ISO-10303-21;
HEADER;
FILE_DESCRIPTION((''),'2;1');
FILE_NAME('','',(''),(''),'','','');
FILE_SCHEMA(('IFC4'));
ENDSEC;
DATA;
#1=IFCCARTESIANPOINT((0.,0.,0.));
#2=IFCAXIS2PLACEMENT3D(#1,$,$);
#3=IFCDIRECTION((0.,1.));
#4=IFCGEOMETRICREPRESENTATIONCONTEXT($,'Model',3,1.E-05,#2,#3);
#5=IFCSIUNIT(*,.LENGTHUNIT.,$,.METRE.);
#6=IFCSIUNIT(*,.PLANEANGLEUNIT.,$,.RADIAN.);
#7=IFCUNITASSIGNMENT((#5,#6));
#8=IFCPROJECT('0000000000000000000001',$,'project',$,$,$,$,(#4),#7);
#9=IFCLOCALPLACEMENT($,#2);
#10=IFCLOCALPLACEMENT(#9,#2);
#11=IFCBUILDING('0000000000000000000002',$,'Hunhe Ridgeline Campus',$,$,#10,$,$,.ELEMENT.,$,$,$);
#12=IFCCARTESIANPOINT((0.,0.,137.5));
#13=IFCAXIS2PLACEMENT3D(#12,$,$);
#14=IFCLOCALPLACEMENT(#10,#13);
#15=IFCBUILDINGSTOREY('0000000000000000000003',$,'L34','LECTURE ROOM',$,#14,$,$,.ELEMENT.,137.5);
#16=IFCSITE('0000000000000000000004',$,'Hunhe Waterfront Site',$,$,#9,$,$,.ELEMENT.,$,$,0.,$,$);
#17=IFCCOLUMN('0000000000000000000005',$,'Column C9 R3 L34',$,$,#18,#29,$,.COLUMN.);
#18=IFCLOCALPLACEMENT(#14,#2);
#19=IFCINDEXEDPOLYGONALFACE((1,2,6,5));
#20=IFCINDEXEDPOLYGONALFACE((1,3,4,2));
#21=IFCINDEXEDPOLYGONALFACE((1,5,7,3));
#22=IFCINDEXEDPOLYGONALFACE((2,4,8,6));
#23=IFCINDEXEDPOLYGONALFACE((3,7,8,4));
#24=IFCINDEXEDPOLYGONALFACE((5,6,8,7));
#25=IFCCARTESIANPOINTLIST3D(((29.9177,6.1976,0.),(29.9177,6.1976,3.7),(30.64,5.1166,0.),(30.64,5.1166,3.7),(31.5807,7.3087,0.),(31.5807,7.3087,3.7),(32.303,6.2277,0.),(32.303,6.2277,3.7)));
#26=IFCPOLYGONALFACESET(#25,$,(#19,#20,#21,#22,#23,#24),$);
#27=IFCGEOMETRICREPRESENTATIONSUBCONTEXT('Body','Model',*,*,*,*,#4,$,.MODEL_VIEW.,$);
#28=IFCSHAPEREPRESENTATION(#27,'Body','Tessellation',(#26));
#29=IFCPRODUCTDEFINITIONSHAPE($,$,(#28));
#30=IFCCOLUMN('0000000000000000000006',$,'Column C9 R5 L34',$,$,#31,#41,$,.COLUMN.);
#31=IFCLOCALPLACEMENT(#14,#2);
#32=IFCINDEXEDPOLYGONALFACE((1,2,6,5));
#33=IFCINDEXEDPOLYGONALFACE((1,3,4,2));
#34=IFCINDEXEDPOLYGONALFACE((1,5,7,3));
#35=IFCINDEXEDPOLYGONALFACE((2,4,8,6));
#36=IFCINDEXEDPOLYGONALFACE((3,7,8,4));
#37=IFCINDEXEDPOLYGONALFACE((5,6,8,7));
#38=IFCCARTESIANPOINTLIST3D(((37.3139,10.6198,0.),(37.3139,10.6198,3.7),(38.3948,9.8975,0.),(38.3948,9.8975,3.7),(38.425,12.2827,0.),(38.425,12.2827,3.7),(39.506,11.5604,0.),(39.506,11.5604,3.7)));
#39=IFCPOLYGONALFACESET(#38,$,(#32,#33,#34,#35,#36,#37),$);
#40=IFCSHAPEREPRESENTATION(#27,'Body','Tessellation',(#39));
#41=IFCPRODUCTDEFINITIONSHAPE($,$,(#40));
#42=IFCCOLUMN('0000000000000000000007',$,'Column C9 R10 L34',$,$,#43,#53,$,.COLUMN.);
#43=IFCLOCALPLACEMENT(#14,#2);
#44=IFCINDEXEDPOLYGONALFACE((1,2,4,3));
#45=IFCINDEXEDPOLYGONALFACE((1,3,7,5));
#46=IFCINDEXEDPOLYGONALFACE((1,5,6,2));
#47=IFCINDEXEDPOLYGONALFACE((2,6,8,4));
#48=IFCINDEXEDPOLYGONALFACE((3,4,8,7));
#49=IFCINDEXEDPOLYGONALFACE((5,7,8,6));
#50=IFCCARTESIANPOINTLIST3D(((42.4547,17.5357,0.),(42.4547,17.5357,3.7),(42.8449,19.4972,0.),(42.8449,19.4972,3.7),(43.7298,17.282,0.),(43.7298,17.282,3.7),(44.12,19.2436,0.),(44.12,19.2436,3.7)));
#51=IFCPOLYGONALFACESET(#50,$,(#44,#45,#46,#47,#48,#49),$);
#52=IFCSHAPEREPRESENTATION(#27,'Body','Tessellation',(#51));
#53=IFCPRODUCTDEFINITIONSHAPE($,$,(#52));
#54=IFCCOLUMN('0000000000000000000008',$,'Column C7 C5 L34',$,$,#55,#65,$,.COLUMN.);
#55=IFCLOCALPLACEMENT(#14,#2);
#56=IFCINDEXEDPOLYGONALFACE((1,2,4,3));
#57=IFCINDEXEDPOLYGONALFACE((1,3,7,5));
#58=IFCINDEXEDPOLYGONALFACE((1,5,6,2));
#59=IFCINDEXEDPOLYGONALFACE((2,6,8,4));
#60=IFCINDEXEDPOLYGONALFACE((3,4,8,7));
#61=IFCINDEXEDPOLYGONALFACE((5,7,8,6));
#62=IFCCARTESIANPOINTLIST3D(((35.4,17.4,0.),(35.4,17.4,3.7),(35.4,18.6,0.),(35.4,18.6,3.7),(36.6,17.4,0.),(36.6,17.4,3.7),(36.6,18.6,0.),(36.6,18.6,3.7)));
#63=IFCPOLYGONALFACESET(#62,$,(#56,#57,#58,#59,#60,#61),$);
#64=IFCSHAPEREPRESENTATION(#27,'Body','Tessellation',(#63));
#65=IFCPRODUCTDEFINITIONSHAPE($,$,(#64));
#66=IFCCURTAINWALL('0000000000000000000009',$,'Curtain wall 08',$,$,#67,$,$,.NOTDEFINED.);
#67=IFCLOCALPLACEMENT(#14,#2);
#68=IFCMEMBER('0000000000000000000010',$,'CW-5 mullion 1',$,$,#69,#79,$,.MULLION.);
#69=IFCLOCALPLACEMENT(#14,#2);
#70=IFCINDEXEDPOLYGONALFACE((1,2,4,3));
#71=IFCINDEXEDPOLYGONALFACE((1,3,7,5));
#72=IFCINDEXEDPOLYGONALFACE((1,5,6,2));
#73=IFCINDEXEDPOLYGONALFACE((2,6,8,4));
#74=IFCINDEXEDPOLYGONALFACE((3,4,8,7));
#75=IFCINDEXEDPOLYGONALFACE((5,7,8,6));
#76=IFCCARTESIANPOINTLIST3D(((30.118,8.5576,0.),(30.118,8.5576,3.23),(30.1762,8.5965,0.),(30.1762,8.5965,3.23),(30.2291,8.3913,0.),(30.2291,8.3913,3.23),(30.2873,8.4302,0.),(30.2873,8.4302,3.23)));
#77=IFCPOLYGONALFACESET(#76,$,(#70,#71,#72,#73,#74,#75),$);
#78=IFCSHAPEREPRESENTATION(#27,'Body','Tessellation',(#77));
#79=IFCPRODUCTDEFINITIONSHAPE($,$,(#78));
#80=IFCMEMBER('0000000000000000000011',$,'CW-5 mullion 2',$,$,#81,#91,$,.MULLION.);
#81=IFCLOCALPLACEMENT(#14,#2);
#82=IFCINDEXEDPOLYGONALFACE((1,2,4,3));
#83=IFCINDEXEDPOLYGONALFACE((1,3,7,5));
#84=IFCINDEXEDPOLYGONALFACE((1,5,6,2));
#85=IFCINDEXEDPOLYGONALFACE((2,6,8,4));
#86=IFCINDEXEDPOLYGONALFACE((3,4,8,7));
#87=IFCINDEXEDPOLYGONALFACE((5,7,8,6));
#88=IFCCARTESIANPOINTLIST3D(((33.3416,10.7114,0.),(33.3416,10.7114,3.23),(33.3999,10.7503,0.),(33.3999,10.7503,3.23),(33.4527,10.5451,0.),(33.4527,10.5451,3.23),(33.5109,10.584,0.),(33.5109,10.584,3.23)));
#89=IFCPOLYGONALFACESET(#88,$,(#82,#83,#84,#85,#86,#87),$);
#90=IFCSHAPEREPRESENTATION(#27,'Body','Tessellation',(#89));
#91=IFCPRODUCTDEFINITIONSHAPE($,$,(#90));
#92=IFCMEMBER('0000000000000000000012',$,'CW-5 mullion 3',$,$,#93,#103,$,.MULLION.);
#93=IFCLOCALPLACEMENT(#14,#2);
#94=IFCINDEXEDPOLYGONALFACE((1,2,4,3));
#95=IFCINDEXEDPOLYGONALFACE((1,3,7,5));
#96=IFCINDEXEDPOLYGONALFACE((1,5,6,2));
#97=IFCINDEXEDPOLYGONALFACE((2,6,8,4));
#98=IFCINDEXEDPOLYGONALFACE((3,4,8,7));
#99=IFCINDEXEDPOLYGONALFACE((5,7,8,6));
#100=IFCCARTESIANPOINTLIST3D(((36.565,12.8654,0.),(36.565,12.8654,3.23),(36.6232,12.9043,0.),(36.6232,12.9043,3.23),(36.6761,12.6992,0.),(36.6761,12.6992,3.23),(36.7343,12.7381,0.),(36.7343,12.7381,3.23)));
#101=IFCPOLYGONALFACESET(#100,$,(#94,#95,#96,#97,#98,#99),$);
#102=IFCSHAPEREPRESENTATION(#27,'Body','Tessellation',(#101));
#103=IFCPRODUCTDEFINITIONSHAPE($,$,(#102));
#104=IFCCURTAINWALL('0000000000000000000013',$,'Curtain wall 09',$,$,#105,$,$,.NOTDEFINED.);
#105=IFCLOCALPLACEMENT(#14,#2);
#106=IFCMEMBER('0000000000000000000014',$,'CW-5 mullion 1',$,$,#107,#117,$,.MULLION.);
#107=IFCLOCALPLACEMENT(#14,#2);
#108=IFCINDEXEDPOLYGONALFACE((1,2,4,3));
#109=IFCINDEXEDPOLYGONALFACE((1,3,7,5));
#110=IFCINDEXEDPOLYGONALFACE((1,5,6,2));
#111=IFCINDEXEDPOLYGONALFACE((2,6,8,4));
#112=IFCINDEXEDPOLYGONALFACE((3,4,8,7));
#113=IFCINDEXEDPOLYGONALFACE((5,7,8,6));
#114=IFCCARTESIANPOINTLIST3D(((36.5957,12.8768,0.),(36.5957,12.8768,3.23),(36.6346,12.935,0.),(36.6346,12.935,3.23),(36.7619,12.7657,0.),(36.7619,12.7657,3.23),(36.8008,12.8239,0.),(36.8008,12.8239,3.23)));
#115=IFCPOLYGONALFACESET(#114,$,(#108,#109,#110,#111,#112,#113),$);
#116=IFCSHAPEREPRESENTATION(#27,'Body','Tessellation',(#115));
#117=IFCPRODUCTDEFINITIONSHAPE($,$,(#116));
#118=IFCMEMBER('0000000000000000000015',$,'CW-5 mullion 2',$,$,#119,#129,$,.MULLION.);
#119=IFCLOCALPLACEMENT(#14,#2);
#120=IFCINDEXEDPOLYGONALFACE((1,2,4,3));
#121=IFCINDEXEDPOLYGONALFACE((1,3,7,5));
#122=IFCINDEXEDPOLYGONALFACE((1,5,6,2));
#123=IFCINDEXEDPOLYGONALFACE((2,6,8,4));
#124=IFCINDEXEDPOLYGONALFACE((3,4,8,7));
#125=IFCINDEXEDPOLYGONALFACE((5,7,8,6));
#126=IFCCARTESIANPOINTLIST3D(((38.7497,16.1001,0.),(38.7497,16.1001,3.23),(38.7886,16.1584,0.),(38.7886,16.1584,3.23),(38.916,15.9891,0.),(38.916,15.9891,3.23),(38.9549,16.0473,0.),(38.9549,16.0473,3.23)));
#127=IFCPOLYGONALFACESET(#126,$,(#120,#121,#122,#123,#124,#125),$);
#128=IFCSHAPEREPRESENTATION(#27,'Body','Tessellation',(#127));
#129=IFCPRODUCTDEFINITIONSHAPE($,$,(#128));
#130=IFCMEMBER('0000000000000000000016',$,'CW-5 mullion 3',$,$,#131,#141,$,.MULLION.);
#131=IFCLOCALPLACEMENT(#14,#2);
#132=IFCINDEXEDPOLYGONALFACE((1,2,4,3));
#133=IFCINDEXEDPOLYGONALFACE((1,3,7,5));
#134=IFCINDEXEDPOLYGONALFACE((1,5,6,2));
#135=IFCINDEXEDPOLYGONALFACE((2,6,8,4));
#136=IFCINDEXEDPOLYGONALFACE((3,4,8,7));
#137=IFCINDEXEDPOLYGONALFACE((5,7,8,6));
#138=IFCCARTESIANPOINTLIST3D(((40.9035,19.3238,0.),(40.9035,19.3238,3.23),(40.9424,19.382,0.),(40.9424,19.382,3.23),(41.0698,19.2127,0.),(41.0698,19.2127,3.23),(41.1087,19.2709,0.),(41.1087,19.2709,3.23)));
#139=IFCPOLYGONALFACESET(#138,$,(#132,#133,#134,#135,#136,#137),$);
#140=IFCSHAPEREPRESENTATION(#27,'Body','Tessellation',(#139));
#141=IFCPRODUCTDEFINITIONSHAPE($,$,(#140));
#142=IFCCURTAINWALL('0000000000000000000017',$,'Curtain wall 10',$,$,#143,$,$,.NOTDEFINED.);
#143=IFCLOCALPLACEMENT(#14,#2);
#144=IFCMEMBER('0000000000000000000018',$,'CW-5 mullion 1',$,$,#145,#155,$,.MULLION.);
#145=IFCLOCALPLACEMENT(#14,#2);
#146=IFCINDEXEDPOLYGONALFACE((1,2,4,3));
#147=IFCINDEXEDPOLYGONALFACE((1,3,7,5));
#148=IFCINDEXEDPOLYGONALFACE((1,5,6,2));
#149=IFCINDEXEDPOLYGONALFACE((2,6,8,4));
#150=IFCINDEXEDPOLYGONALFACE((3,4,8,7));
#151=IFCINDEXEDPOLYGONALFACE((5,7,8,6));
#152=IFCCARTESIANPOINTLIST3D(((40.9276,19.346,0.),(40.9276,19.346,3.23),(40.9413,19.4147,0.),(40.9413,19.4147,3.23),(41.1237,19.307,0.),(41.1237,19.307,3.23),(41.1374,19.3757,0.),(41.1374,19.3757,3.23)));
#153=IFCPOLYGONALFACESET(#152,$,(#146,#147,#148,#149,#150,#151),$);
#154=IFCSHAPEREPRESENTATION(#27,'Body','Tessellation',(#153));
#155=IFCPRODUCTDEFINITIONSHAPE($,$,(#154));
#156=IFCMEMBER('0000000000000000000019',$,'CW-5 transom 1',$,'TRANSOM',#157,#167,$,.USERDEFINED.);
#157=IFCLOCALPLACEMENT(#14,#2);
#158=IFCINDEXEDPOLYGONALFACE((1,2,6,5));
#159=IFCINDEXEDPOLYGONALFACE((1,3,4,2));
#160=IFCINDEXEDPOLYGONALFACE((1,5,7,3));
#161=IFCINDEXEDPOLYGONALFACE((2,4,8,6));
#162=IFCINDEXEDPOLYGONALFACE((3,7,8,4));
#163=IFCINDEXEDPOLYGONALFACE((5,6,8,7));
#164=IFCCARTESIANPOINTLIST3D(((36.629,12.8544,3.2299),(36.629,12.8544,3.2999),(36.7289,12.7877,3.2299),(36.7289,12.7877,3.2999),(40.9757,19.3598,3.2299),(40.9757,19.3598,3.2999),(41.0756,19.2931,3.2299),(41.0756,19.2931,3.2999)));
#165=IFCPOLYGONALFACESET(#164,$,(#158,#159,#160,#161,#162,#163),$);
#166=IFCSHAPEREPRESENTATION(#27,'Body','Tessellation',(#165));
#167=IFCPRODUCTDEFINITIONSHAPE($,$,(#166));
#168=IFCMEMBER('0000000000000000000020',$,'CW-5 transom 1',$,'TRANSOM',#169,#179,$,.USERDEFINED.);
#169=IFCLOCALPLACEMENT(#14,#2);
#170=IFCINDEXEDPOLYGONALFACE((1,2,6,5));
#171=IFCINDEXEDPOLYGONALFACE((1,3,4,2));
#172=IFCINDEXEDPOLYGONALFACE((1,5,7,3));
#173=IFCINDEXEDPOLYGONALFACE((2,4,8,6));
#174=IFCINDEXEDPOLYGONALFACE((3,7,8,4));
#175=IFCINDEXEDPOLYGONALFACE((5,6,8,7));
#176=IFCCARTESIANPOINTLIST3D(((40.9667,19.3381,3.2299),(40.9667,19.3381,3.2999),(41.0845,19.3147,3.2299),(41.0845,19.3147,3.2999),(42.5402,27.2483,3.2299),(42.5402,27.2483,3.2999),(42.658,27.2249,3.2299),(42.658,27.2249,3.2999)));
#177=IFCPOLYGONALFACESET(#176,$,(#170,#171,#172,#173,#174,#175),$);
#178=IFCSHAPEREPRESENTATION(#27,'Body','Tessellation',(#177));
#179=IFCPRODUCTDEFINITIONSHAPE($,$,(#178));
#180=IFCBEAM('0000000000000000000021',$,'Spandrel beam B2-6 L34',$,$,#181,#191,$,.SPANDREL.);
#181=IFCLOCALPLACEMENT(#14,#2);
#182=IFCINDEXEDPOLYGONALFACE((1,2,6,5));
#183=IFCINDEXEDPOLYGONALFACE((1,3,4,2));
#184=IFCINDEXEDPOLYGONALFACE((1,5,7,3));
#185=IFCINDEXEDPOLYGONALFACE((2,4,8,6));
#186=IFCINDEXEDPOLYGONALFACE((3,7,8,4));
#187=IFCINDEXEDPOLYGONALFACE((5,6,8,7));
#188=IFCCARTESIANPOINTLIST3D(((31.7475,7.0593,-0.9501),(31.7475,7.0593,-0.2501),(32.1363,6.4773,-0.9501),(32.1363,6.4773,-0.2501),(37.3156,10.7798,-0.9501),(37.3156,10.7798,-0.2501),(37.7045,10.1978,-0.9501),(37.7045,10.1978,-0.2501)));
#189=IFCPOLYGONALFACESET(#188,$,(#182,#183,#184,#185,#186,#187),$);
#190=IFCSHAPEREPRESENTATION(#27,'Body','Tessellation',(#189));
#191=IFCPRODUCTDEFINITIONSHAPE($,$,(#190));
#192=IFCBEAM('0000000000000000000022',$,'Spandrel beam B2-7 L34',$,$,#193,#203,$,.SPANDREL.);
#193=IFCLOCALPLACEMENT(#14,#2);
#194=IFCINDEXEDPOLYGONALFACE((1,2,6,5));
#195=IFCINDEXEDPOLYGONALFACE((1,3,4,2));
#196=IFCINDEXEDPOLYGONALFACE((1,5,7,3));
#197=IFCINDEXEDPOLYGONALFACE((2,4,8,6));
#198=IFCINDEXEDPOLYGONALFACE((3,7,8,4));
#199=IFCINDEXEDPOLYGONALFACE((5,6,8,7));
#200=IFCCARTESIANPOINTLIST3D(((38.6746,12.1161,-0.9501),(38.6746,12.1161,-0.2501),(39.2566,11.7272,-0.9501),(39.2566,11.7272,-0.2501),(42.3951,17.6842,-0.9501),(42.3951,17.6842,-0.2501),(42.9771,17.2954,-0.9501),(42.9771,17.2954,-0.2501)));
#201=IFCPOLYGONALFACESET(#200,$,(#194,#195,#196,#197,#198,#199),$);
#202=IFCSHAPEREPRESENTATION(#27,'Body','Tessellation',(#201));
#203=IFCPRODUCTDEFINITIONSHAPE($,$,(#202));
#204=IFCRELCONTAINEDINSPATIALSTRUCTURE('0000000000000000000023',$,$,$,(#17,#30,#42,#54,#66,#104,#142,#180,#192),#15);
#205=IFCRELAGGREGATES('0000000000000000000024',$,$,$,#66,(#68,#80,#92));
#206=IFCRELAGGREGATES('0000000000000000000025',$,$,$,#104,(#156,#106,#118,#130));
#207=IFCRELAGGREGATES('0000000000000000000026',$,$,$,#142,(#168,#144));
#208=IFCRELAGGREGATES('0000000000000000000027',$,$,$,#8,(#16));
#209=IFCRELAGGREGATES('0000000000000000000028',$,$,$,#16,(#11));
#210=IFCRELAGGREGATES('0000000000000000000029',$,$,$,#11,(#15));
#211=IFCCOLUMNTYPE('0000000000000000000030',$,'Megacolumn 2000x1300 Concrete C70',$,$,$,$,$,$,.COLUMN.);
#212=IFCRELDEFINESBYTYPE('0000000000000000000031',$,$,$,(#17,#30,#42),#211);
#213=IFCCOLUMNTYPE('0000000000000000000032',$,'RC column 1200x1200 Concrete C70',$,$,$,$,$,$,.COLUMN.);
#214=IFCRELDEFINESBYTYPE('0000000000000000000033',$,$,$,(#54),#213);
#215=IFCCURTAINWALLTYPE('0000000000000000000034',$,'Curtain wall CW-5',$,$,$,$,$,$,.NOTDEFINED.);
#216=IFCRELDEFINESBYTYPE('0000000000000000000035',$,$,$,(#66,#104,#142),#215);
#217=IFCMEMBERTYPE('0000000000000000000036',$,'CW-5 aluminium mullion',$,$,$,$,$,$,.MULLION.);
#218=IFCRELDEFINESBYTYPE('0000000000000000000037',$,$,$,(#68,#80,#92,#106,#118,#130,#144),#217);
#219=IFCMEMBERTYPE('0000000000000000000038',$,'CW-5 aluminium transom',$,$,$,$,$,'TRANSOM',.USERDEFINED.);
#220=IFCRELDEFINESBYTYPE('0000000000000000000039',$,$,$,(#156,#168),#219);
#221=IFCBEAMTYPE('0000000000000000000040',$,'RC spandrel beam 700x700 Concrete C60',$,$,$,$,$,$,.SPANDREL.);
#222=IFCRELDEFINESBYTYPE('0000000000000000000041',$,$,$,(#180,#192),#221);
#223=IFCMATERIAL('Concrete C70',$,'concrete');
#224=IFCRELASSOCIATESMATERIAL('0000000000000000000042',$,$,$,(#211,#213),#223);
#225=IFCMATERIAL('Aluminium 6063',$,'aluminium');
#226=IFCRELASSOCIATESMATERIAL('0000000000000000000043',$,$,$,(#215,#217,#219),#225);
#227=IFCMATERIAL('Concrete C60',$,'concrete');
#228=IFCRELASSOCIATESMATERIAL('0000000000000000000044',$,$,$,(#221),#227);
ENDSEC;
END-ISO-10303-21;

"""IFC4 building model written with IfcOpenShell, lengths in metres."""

from ifc_helpers import new_model, si_unit, direction, frame, origin, origin_2d, place, context, subcontext, project, spatial, rectangle, extrude, material, material_profile, profile_set, type_object, element, aggregate, save


model = new_model("IFC4")

# Units and contexts
model_context = context("Model", 3, precision=1e-05, world=origin(), true_north=direction((0.0, 1.0)))
body_context = subcontext(model_context, "Body", "Model", "MODEL_VIEW")
ifc_project = project(units=[si_unit("LENGTHUNIT", "METRE"), si_unit("PLANEANGLEUNIT", "RADIAN")], contexts=[model_context])

# Site, building, storey
site_placement = place(None, origin())
site = spatial("IfcSite", under=ifc_project, at=site_placement, Name="Hunhe Waterfront Site", CompositionType="ELEMENT", RefElevation=0.0)
building_placement = place(site_placement, origin())
building = spatial("IfcBuilding", under=site, at=building_placement, Name="Hunhe Ridgeline Campus", CompositionType="ELEMENT")
storey_placement = place(building_placement, frame((0.0, 0.0, 137.5)))
storey = spatial("IfcBuildingStorey", under=building, at=storey_placement, Name="L34", Description="LECTURE ROOM", CompositionType="ELEMENT", Elevation=137.5)

# Columns
ifc_material_1 = material(Name="Concrete C70", Category="concrete")
ifc_material_profile_1 = material_profile(ifc_material_1, rectangle(XDim=2.0, YDim=1.3, at=origin_2d()))
ifc_profile_set_1 = profile_set([ifc_material_profile_1], Name="Concrete C70")
column_type_1 = type_object("IfcColumnType", Name="Megacolumn 2000x1300 Concrete C70", PredefinedType="COLUMN", material=ifc_profile_set_1)
for number, where, z_axis, x_axis, name in (
    (1, (31.1104, 6.2126, 0.0), (0.0, 0.0, 1.0), (0.83147, 0.55557, 0.0), "Column C9 R3 L34"),
    (2, (38.4099, 11.0901, 0.0), (0.0, 0.0, 1.0), (0.55557, 0.83147, 0.0), "Column C9 R5 L34"),
    (3, (43.2874, 18.3896, 0.0), (0.0, 0.0, 1.0), (0.19509, 0.980785, 0.0), "Column C9 R10 L34"),
):
    element("IfcColumn", number, at=place(storey_placement, frame(where, z_axis=z_axis, x_axis=x_axis)), inside=storey, type_object=column_type_1, Name=name, PredefinedType="COLUMN", context=body_context, shape_type="SweptSolid", body=[
        extrude(rectangle(XDim=2.0, YDim=1.3, at=origin_2d()), origin(), (0.0, 0.0, 1.0), 3.7),
    ])
ifc_material_profile_2 = material_profile(ifc_material_1, rectangle(XDim=1.2, YDim=1.2, at=origin_2d()))
ifc_profile_set_2 = profile_set([ifc_material_profile_2], Name="Concrete C70")
column_type_2 = type_object("IfcColumnType", Name="RC column 1200x1200 Concrete C70", PredefinedType="COLUMN", material=ifc_profile_set_2)
column_placement = place(storey_placement, frame((36.0, 18.0, 0.0), z_axis=(0.0, 0.0, 1.0), x_axis=(1.0, 0.0, 0.0)))
element("IfcColumn", 4, at=column_placement, inside=storey, type_object=column_type_2, Name="Column C7 C5 L34", PredefinedType="COLUMN", context=body_context, shape_type="SweptSolid", body=[
    extrude(rectangle(XDim=1.2, YDim=1.2, at=origin_2d()), origin(), (0.0, 0.0, 1.0), 3.7),
])

# Curtain walls, members
ifc_material_2 = material(Name="Aluminium 6063", Category="aluminium")
curtain_wall_type = type_object("IfcCurtainWallType", Name="Curtain wall CW-5", PredefinedType="NOTDEFINED", material=ifc_material_2)
curtain_wall_1_placement = place(storey_placement, origin())
curtain_wall_1 = element("IfcCurtainWall", 5, at=curtain_wall_1_placement, inside=storey, type_object=curtain_wall_type, Name="Curtain wall 08", PredefinedType="NOTDEFINED")
ifc_material_profile_3 = material_profile(ifc_material_2, rectangle(XDim=0.2, YDim=0.0701, at=origin_2d()))
ifc_profile_set_3 = profile_set([ifc_material_profile_3], Name="Aluminium 6063")
member_type_1 = type_object("IfcMemberType", Name="CW-5 aluminium mullion", PredefinedType="MULLION", material=ifc_profile_set_3)
member_1_placement = place(storey_placement, frame((30.2026, 8.4939, 0.0), z_axis=(0.0, 0.0, 1.0), x_axis=(-0.55557, 0.83147, 0.0)))
member_1 = element("IfcMember", 6, at=member_1_placement, type_object=member_type_1, Name="CW-5 mullion 1", PredefinedType="MULLION", context=body_context, shape_type="SweptSolid", body=[
    extrude(rectangle(XDim=0.2, YDim=0.0701, at=origin_2d()), origin(), (0.0, 0.0, 1.0), 3.23),
])
member_2_placement = place(storey_placement, frame((33.4263, 10.6477, 0.0), z_axis=(0.0, 0.0, 1.0), x_axis=(-0.55557, 0.83147, 0.0)))
member_2 = element("IfcMember", 7, at=member_2_placement, type_object=member_type_1, Name="CW-5 mullion 2", PredefinedType="MULLION", context=body_context, shape_type="SweptSolid", body=[
    extrude(rectangle(XDim=0.2, YDim=0.0701, at=origin_2d()), origin(), (0.0, 0.0, 1.0), 3.23),
])
member_3_placement = place(storey_placement, frame((36.6497, 12.8018, 0.0), z_axis=(0.0, 0.0, 1.0), x_axis=(-0.55557, 0.83147, 0.0)))
member_3 = element("IfcMember", 8, at=member_3_placement, type_object=member_type_1, Name="CW-5 mullion 3", PredefinedType="MULLION", context=body_context, shape_type="SweptSolid", body=[
    extrude(rectangle(XDim=0.2, YDim=0.0701, at=origin_2d()), origin(), (0.0, 0.0, 1.0), 3.23),
])
curtain_wall_2_placement = place(storey_placement, origin())
curtain_wall_2 = element("IfcCurtainWall", 9, at=curtain_wall_2_placement, inside=storey, type_object=curtain_wall_type, Name="Curtain wall 09", PredefinedType="NOTDEFINED")
member_4_placement = place(storey_placement, frame((36.6982, 12.8503, 0.0), z_axis=(0.0, 0.0, 1.0), x_axis=(-0.83147, 0.55557, 0.0)))
member_4 = element("IfcMember", 10, at=member_4_placement, type_object=member_type_1, Name="CW-5 mullion 1", PredefinedType="MULLION", context=body_context, shape_type="SweptSolid", body=[
    extrude(rectangle(XDim=0.2, YDim=0.0701, at=origin_2d()), origin(), (0.0, 0.0, 1.0), 3.23),
])
member_5_placement = place(storey_placement, frame((38.8523, 16.0737, 0.0), z_axis=(0.0, 0.0, 1.0), x_axis=(-0.83147, 0.55557, 0.0)))
member_5 = element("IfcMember", 11, at=member_5_placement, type_object=member_type_1, Name="CW-5 mullion 2", PredefinedType="MULLION", context=body_context, shape_type="SweptSolid", body=[
    extrude(rectangle(XDim=0.2, YDim=0.0701, at=origin_2d()), origin(), (0.0, 0.0, 1.0), 3.23),
])
member_6_placement = place(storey_placement, frame((41.0061, 19.2974, 0.0), z_axis=(0.0, 0.0, 1.0), x_axis=(-0.83147, 0.55557, 0.0)))
member_6 = element("IfcMember", 12, at=member_6_placement, type_object=member_type_1, Name="CW-5 mullion 3", PredefinedType="MULLION", context=body_context, shape_type="SweptSolid", body=[
    extrude(rectangle(XDim=0.2, YDim=0.0701, at=origin_2d()), origin(), (0.0, 0.0, 1.0), 3.23),
])

# Curtain wall, member
curtain_wall_3_placement = place(storey_placement, origin())
curtain_wall_3 = element("IfcCurtainWall", 13, at=curtain_wall_3_placement, inside=storey, type_object=curtain_wall_type, Name="Curtain wall 10", PredefinedType="NOTDEFINED")
member_7_placement = place(storey_placement, frame((41.0325, 19.3608, 0.0), z_axis=(0.0, 0.0, 1.0), x_axis=(-0.980785, 0.19509, 0.0)))
member_7 = element("IfcMember", 14, at=member_7_placement, type_object=member_type_1, Name="CW-5 mullion 1", PredefinedType="MULLION", context=body_context, shape_type="SweptSolid", body=[
    extrude(rectangle(XDim=0.2, YDim=0.0701, at=origin_2d()), origin(), (0.0, 0.0, 1.0), 3.23),
])

# Members
ifc_material_profile_4 = material_profile(ifc_material_2, rectangle(XDim=0.1201, YDim=0.0701, at=origin_2d()))
ifc_profile_set_4 = profile_set([ifc_material_profile_4], Name="Aluminium 6063")
member_type_2 = type_object("IfcMemberType", Name="CW-5 aluminium transom", ElementType="TRANSOM", PredefinedType="USERDEFINED", material=ifc_profile_set_4)
member_8_placement = place(storey_placement, frame((36.679, 12.821, 3.2649), z_axis=(0.555564, 0.831474, 0.0), x_axis=(-0.831474, 0.555564, 0.0)))
member_8 = element("IfcMember", 15, at=member_8_placement, type_object=member_type_2, Name="CW-5 transom 1", ObjectType="TRANSOM", PredefinedType="USERDEFINED", context=body_context, shape_type="SweptSolid", body=[
    extrude(rectangle(XDim=0.1201, YDim=0.0701, at=origin_2d()), origin(), (0.0, 0.0, 1.0), 7.824),
])
member_9_placement = place(storey_placement, frame((41.0256, 19.3264, 3.2649), z_axis=(0.195097, 0.980784, 0.0), x_axis=(-0.980784, 0.195097, 0.0)))
member_9 = element("IfcMember", 16, at=member_9_placement, type_object=member_type_2, Name="CW-5 transom 1", ObjectType="TRANSOM", PredefinedType="USERDEFINED", context=body_context, shape_type="SweptSolid", body=[
    extrude(rectangle(XDim=0.1201, YDim=0.0701, at=origin_2d()), origin(), (0.0, 0.0, 1.0), 8.0652),
])

# Beams
ifc_material_3 = material(Name="Concrete C60", Category="concrete")
ifc_material_profile_5 = material_profile(ifc_material_3, rectangle(XDim=0.7, YDim=0.7, at=origin_2d()))
ifc_profile_set_5 = profile_set([ifc_material_profile_5], Name="Concrete C60")
beam_type = type_object("IfcBeamType", Name="RC spandrel beam 700x700 Concrete C60", PredefinedType="SPANDREL", material=ifc_profile_set_5)
for number, where, z_axis, x_axis, name in (
    (17, (31.9419, 6.7683, -0.6001), (0.831472, 0.555566, 0.0), (-0.555566, 0.831472, 0.0), "Spandrel beam B2-6 L34"),
    (18, (38.9656, 11.9216, -0.6001), (0.555566, 0.831472, 0.0), (-0.831472, 0.555566, 0.0), "Spandrel beam B2-7 L34"),
):
    element("IfcBeam", number, at=place(storey_placement, frame(where, z_axis=z_axis, x_axis=x_axis)), inside=storey, type_object=beam_type, Name=name, PredefinedType="SPANDREL", context=body_context, shape_type="SweptSolid", body=[
        extrude(rectangle(XDim=0.7, YDim=0.7, at=origin_2d()), origin(), (0.0, 0.0, 1.0), 6.6968),
    ])

aggregate(curtain_wall_1, [member_1, member_2, member_3])
aggregate(curtain_wall_2, [member_8, member_4, member_5, member_6])
aggregate(curtain_wall_3, [member_9, member_7])

save(model, "model.ifc")
